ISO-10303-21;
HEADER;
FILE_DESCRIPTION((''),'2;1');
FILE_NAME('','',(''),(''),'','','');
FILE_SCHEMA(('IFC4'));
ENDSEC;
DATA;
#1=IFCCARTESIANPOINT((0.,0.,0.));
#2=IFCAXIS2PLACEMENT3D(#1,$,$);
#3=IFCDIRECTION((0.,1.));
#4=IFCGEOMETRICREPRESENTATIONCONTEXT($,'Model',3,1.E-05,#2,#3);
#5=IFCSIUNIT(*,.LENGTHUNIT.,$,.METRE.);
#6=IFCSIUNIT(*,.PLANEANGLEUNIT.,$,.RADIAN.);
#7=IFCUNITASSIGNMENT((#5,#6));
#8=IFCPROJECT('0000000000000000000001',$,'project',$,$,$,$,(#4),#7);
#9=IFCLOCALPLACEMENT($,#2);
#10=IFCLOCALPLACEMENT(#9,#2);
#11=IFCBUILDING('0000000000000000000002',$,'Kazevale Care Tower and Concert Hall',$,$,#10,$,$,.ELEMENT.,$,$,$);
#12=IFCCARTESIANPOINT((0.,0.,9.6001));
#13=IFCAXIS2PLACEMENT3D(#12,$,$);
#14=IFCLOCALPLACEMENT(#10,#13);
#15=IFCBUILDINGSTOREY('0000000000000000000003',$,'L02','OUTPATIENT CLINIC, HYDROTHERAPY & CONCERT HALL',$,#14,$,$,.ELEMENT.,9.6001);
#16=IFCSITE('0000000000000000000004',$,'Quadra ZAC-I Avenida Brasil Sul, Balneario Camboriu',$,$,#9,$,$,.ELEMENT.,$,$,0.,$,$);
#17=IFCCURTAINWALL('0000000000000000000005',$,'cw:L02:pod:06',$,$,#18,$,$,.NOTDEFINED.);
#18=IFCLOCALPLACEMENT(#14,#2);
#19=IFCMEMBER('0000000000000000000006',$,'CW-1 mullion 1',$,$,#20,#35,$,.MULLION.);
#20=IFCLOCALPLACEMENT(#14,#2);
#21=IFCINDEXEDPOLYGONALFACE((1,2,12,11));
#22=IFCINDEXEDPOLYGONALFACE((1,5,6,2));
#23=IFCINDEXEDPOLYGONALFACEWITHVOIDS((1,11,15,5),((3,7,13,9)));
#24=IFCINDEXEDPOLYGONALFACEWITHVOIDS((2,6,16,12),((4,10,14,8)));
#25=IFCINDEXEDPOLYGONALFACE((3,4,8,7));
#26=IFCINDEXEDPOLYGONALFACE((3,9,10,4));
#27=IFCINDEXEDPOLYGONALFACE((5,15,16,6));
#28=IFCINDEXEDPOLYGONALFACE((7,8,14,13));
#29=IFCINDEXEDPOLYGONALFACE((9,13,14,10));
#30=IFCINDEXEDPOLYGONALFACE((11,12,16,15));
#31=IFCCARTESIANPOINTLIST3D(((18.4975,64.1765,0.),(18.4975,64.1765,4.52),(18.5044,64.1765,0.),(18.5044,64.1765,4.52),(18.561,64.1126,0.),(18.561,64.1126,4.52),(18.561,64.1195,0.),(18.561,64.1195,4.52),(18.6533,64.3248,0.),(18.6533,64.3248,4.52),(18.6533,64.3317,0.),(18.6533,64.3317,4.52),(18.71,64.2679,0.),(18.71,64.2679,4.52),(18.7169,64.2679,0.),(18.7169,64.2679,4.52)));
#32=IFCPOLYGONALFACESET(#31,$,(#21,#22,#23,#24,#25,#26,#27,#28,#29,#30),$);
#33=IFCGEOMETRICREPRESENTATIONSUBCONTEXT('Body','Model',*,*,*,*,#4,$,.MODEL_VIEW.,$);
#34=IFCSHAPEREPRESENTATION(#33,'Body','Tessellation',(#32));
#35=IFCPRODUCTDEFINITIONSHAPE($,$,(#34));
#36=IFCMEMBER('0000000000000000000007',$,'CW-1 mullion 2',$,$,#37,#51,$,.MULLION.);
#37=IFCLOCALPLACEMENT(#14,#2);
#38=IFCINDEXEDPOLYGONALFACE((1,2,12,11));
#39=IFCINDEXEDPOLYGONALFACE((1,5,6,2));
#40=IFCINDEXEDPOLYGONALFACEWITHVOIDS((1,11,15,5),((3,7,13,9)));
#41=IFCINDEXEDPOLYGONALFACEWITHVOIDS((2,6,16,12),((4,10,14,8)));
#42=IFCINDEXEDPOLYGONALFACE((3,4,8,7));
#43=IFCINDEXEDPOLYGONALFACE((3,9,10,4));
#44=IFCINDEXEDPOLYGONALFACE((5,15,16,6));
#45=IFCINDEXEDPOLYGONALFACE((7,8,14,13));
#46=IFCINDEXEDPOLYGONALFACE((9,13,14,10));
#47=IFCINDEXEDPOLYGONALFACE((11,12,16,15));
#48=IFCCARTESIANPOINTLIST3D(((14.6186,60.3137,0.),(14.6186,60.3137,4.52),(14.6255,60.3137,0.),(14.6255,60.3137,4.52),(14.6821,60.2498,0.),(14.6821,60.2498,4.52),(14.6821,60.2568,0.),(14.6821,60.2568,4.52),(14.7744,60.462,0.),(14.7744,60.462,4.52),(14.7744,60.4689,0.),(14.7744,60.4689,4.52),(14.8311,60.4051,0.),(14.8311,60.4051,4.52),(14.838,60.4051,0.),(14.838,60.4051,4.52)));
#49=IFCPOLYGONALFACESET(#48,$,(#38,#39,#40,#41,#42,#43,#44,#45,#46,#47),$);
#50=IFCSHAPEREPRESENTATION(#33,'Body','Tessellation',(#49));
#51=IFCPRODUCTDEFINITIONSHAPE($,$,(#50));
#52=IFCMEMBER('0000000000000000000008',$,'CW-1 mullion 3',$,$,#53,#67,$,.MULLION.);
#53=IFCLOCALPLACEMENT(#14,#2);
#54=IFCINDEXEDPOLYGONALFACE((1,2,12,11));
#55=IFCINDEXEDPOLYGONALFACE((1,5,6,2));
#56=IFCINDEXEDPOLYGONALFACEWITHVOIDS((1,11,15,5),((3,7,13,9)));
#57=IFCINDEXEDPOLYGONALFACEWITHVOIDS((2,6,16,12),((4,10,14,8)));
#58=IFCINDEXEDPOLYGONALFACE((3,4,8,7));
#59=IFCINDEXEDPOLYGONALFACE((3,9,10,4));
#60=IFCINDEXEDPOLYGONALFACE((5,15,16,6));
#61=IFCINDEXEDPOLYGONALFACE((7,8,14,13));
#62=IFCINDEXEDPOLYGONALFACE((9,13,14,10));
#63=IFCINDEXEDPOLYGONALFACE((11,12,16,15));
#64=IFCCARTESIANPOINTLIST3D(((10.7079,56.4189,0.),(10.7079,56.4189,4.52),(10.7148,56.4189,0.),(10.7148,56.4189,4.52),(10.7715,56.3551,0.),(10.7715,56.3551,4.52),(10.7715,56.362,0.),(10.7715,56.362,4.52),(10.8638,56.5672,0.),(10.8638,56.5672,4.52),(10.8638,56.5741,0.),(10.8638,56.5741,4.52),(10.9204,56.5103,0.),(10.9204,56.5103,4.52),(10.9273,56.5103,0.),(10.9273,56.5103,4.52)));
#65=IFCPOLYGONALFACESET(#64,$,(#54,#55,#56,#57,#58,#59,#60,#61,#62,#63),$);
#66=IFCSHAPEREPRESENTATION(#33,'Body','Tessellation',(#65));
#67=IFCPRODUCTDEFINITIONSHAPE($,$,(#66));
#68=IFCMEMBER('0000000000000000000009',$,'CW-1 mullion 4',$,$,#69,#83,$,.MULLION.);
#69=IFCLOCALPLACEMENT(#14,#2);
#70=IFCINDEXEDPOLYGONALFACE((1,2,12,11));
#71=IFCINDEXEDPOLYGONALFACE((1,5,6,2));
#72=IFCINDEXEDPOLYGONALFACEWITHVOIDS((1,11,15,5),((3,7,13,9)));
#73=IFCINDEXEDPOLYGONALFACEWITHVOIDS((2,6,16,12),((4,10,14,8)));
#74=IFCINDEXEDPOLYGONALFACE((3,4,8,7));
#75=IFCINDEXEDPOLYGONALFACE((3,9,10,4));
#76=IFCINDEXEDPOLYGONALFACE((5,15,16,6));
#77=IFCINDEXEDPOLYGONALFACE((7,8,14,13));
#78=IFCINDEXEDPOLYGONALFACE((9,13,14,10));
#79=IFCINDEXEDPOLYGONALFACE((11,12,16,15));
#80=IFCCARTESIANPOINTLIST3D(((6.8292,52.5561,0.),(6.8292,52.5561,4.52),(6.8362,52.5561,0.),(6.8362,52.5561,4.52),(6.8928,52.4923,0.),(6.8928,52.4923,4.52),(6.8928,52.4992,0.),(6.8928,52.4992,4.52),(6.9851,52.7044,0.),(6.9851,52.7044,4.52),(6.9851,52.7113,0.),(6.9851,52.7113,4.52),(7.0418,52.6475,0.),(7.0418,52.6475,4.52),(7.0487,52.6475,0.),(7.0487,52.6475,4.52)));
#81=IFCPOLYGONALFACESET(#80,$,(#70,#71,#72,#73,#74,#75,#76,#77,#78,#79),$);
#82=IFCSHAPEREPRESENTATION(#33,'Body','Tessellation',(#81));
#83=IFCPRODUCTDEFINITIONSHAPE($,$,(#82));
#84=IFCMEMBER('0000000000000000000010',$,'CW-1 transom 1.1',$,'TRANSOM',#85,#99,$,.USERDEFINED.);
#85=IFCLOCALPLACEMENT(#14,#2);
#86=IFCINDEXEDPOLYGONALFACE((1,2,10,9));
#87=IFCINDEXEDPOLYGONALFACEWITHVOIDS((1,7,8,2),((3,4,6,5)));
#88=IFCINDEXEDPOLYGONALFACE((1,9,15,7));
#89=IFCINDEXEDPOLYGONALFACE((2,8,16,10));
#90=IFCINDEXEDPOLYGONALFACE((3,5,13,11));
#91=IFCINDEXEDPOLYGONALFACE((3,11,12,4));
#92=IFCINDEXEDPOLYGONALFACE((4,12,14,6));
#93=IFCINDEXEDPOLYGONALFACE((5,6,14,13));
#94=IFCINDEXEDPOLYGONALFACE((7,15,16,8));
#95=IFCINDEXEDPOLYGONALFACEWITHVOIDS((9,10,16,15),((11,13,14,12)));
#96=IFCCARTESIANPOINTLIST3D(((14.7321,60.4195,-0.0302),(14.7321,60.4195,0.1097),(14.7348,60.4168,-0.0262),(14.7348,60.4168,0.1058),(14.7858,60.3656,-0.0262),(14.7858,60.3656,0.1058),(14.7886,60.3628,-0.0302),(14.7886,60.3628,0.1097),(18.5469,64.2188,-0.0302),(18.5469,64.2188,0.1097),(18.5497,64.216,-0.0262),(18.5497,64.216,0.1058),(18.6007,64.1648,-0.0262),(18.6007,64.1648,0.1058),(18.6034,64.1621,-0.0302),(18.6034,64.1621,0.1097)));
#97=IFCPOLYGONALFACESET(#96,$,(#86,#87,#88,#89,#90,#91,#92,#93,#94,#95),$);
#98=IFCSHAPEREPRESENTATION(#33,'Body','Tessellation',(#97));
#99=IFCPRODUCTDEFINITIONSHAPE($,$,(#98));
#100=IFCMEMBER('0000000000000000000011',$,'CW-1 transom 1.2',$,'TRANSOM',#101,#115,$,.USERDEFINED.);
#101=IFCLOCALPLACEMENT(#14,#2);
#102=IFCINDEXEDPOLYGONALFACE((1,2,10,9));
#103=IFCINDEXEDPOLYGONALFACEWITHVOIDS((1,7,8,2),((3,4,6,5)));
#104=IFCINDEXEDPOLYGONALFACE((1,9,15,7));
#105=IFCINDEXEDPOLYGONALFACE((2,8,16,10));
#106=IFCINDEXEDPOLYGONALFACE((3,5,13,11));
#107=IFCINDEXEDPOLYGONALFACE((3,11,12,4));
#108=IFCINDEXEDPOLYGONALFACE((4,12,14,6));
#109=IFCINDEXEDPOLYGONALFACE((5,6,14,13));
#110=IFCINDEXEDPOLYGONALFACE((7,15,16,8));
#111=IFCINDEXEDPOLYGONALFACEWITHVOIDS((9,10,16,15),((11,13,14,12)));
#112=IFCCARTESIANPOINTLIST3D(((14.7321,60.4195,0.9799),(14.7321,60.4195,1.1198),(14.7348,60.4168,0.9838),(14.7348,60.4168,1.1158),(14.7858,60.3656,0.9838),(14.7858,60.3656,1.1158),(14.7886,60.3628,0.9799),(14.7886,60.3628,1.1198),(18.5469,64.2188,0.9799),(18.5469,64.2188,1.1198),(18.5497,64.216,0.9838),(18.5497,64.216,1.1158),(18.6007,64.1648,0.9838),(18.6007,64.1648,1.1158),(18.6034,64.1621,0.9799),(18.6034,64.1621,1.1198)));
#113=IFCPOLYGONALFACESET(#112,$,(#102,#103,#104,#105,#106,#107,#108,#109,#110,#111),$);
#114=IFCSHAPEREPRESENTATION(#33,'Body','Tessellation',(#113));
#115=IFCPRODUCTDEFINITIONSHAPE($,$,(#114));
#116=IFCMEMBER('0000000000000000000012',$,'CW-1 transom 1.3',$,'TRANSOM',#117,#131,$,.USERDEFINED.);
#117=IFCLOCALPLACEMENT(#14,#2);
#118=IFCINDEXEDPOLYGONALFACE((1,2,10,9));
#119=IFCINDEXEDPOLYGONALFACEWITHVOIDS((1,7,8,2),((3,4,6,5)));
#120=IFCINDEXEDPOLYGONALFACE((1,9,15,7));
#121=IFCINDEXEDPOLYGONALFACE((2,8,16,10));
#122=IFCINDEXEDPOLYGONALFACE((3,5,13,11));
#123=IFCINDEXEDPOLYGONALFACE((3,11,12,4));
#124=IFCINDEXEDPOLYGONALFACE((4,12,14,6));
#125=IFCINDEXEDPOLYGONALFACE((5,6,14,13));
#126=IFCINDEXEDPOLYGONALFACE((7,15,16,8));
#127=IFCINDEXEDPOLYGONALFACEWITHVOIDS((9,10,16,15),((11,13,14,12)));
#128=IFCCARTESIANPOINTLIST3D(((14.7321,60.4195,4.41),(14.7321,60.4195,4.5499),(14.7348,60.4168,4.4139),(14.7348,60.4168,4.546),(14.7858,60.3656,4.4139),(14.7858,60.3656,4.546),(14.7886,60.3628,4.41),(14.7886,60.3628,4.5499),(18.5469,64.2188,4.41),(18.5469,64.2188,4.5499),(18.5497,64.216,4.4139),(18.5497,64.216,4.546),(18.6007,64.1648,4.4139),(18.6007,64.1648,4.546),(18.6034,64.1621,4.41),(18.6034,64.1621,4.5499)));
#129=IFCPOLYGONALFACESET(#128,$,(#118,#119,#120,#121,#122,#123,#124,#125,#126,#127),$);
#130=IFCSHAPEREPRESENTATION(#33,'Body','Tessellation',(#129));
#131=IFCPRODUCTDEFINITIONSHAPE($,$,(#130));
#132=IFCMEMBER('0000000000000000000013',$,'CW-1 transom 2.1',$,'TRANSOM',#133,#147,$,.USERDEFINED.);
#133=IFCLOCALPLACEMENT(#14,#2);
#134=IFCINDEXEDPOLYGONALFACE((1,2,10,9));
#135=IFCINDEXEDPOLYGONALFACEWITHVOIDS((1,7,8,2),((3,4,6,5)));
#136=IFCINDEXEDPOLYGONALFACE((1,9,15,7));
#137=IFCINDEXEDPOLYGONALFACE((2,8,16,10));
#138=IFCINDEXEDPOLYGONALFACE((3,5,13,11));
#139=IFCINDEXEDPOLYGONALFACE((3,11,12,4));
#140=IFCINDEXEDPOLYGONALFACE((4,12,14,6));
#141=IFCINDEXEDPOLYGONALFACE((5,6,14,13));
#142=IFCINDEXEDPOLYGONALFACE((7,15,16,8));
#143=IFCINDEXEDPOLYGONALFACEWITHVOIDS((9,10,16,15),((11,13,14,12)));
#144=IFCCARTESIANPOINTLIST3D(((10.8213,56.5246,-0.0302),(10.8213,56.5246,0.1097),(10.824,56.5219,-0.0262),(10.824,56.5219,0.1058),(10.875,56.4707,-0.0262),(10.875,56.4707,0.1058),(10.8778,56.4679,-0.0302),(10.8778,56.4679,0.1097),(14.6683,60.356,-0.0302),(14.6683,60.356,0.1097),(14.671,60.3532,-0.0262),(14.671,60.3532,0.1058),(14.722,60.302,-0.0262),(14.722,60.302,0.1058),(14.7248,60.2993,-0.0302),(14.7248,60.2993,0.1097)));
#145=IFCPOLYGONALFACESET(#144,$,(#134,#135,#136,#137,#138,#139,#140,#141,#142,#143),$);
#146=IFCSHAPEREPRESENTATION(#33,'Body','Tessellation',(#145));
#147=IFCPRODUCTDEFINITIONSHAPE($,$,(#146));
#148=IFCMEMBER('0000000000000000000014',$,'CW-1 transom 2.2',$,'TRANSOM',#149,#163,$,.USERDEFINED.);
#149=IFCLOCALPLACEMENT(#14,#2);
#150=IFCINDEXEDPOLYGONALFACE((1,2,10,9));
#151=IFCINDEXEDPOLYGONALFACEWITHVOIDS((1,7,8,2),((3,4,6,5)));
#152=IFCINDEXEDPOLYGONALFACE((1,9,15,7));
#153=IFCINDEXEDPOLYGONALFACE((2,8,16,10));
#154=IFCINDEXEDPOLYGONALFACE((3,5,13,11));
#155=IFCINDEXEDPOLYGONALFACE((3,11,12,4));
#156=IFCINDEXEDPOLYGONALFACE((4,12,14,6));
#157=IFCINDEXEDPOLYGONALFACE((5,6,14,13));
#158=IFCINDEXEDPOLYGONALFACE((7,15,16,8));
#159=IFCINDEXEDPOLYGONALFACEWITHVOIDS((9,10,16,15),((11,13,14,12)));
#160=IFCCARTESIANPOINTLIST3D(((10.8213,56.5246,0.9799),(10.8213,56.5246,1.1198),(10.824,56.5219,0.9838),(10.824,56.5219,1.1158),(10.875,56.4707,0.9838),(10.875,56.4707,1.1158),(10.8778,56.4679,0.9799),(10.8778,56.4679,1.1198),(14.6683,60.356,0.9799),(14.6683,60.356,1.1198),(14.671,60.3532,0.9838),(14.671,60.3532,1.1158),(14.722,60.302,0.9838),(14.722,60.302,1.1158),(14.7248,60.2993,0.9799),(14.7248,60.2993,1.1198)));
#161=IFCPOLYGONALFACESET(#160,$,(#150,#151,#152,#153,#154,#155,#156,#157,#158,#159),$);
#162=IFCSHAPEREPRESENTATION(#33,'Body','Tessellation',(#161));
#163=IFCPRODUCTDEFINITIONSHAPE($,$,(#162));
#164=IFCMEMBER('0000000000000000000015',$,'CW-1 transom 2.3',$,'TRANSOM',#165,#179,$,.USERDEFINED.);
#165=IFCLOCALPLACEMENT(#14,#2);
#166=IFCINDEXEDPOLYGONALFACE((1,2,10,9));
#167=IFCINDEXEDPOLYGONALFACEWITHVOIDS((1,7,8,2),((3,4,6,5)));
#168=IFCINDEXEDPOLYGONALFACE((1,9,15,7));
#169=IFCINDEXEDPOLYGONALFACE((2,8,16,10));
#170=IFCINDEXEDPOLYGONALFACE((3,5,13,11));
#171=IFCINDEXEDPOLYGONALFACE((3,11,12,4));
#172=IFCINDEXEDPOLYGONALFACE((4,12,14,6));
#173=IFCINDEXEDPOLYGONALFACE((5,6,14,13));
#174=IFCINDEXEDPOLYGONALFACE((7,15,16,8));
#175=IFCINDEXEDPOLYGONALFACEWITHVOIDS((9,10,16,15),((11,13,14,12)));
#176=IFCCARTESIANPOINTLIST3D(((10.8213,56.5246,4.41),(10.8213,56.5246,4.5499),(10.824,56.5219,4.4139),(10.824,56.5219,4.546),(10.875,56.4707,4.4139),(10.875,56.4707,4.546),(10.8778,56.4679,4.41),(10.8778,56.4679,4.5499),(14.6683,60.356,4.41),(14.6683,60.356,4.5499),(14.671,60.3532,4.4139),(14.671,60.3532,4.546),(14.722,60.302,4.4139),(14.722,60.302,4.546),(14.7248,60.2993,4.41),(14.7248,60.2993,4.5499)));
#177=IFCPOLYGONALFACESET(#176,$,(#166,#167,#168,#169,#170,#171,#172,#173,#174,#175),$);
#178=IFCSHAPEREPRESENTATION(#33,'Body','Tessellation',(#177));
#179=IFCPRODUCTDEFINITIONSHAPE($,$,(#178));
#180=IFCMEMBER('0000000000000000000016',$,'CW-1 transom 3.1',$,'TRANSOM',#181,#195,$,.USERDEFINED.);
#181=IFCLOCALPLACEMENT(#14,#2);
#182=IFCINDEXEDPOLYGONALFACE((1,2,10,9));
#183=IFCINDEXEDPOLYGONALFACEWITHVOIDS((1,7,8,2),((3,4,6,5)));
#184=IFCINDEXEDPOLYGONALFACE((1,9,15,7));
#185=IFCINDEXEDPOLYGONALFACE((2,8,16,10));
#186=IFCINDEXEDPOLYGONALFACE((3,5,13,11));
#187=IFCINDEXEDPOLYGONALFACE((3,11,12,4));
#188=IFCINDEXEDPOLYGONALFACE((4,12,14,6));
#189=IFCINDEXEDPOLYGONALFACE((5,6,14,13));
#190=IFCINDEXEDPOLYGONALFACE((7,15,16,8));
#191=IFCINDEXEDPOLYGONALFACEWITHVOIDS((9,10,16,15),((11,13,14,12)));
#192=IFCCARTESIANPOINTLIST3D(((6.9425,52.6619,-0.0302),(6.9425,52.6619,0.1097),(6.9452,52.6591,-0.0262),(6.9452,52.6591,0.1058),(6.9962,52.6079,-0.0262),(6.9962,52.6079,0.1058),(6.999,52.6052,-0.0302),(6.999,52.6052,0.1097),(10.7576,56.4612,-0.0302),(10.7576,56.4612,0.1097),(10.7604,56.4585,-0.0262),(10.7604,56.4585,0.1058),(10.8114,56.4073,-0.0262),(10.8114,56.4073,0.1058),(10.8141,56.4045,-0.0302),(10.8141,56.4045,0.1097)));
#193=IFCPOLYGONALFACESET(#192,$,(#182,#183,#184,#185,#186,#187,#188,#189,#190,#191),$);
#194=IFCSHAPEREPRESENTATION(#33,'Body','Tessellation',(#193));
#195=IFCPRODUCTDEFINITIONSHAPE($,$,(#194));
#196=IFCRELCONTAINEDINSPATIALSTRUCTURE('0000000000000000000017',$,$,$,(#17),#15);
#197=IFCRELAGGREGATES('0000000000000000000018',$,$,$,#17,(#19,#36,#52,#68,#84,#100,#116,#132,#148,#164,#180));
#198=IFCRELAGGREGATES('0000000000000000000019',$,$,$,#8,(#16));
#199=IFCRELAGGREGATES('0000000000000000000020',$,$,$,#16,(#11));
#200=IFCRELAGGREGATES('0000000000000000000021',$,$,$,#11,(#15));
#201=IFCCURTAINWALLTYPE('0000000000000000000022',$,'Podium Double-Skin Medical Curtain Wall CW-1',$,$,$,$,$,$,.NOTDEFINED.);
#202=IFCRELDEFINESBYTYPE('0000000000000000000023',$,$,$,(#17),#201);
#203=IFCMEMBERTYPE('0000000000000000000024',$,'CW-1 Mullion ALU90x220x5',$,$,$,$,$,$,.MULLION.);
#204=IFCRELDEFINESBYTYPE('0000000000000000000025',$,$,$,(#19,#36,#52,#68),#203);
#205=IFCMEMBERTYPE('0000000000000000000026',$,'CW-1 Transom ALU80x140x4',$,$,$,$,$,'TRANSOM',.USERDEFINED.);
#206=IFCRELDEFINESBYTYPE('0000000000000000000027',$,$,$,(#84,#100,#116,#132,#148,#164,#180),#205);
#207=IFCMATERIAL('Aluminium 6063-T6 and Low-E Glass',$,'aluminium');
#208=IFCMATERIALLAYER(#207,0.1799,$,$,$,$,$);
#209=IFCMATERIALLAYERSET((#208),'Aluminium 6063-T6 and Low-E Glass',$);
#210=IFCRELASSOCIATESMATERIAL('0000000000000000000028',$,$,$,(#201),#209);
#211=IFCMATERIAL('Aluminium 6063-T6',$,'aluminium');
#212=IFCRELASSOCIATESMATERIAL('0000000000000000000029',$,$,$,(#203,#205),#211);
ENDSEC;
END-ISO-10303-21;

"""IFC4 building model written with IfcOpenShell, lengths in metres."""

from ifc_helpers import new_model, si_unit, direction, frame, origin, origin_2d, place, context, subcontext, project, spatial, hollow_rectangle, extrude, material, layer, layer_set, material_profile, profile_set, type_object, element, aggregate, save


model = new_model("IFC4")

# Units and contexts
model_context = context("Model", 3, precision=1e-05, world=origin(), true_north=direction((0.0, 1.0)))
body_context = subcontext(model_context, "Body", "Model", "MODEL_VIEW")
ifc_project = project(units=[si_unit("LENGTHUNIT", "METRE"), si_unit("PLANEANGLEUNIT", "RADIAN")], contexts=[model_context])

# Site, building, storey
site_placement = place(None, origin())
site = spatial("IfcSite", under=ifc_project, at=site_placement, Name="Quadra ZAC-I Avenida Brasil Sul, Balneario Camboriu", CompositionType="ELEMENT", RefElevation=0.0)
building_placement = place(site_placement, origin())
building = spatial("IfcBuilding", under=site, at=building_placement, Name="Kazevale Care Tower and Concert Hall", CompositionType="ELEMENT")
storey_placement = place(building_placement, frame((0.0, 0.0, 9.6001)))
storey = spatial("IfcBuildingStorey", under=building, at=storey_placement, Name="L02", Description="OUTPATIENT CLINIC, HYDROTHERAPY & CONCERT HALL", CompositionType="ELEMENT", Elevation=9.6001)

# Curtain wall, members
ifc_material_1 = material(Name="Aluminium 6063-T6 and Low-E Glass", Category="aluminium")
ifc_layer_1 = layer(ifc_material_1, 0.1799)
ifc_layer_set_1 = layer_set([ifc_layer_1], Name="Aluminium 6063-T6 and Low-E Glass")
curtain_wall_type = type_object("IfcCurtainWallType", Name="Podium Double-Skin Medical Curtain Wall CW-1", PredefinedType="NOTDEFINED", material=ifc_layer_set_1)
curtain_wall_placement = place(storey_placement, origin())
curtain_wall = element("IfcCurtainWall", 1, at=curtain_wall_placement, inside=storey, type_object=curtain_wall_type, Name="cw:L02:pod:06", PredefinedType="NOTDEFINED")
ifc_material_2 = material(Name="Aluminium 6063-T6", Category="aluminium")
ifc_material_profile_1 = material_profile(ifc_material_2, hollow_rectangle(XDim=0.0901, YDim=0.22, WallThickness=0.0049, at=origin_2d()), Name="ALU90x220x5")
ifc_profile_set_1 = profile_set([ifc_material_profile_1], Name="Aluminium 6063-T6")
member_type_1 = type_object("IfcMemberType", Name="CW-1 Mullion ALU90x220x5", PredefinedType="MULLION", material=ifc_profile_set_1)
member_1_placement = place(storey_placement, frame((18.6072, 64.2222, 0.0), z_axis=(0.0, 0.0, 1.0), x_axis=(0.705656, -0.708555, 0.0)))
member_1 = element("IfcMember", 2, at=member_1_placement, type_object=member_type_1, Name="CW-1 mullion 1", PredefinedType="MULLION", context=body_context, shape_type="SweptSolid", body=[
    extrude(hollow_rectangle(XDim=0.0901, YDim=0.22, WallThickness=0.0049, at=origin_2d()), origin(), (0.0, 0.0, 1.0), 4.52),
])
member_2_placement = place(storey_placement, frame((14.7283, 60.3594, 0.0), z_axis=(0.0, 0.0, 1.0), x_axis=(0.705656, -0.708555, 0.0)))
member_2 = element("IfcMember", 3, at=member_2_placement, type_object=member_type_1, Name="CW-1 mullion 2", PredefinedType="MULLION", context=body_context, shape_type="SweptSolid", body=[
    extrude(hollow_rectangle(XDim=0.0901, YDim=0.22, WallThickness=0.0049, at=origin_2d()), origin(), (0.0, 0.0, 1.0), 4.52),
])
member_3_placement = place(storey_placement, frame((10.8176, 56.4646, 0.0), z_axis=(0.0, 0.0, 1.0), x_axis=(0.705656, -0.708555, 0.0)))
member_3 = element("IfcMember", 4, at=member_3_placement, type_object=member_type_1, Name="CW-1 mullion 3", PredefinedType="MULLION", context=body_context, shape_type="SweptSolid", body=[
    extrude(hollow_rectangle(XDim=0.0901, YDim=0.22, WallThickness=0.0049, at=origin_2d()), origin(), (0.0, 0.0, 1.0), 4.52),
])
member_4_placement = place(storey_placement, frame((6.939, 52.6018, 0.0), z_axis=(0.0, 0.0, 1.0), x_axis=(0.705656, -0.708555, 0.0)))
member_4 = element("IfcMember", 5, at=member_4_placement, type_object=member_type_1, Name="CW-1 mullion 4", PredefinedType="MULLION", context=body_context, shape_type="SweptSolid", body=[
    extrude(hollow_rectangle(XDim=0.0901, YDim=0.22, WallThickness=0.0049, at=origin_2d()), origin(), (0.0, 0.0, 1.0), 4.52),
])
ifc_material_profile_2 = material_profile(ifc_material_2, hollow_rectangle(XDim=0.0801, YDim=0.1399, WallThickness=0.0039, at=origin_2d()), Name="ALU80x140x4")
ifc_profile_set_2 = profile_set([ifc_material_profile_2], Name="Aluminium 6063-T6")
member_type_2 = type_object("IfcMemberType", Name="CW-1 Transom ALU80x140x4", ElementType="TRANSOM", PredefinedType="USERDEFINED", material=ifc_profile_set_2)
member_5_placement = place(storey_placement, frame((18.5752, 64.1904, 0.0398), z_axis=(-0.708556, -0.705654, 0.0), x_axis=(0.705654, -0.708556, 0.0)))
member_5 = element("IfcMember", 6, at=member_5_placement, type_object=member_type_2, Name="CW-1 transom 1.1", ObjectType="TRANSOM", PredefinedType="USERDEFINED", context=body_context, shape_type="SweptSolid", body=[
    extrude(hollow_rectangle(XDim=0.0801, YDim=0.1399, WallThickness=0.0039, at=origin_2d()), origin(), (0.0, 0.0, 1.0), 5.384),
])
member_6_placement = place(storey_placement, frame((18.5752, 64.1904, 1.0498), z_axis=(-0.708556, -0.705654, 0.0), x_axis=(0.705654, -0.708556, 0.0)))
member_6 = element("IfcMember", 7, at=member_6_placement, type_object=member_type_2, Name="CW-1 transom 1.2", ObjectType="TRANSOM", PredefinedType="USERDEFINED", context=body_context, shape_type="SweptSolid", body=[
    extrude(hollow_rectangle(XDim=0.0801, YDim=0.1399, WallThickness=0.0039, at=origin_2d()), origin(), (0.0, 0.0, 1.0), 5.384),
])
member_7_placement = place(storey_placement, frame((18.5752, 64.1904, 4.48), z_axis=(-0.708556, -0.705654, 0.0), x_axis=(0.705654, -0.708556, 0.0)))
member_7 = element("IfcMember", 8, at=member_7_placement, type_object=member_type_2, Name="CW-1 transom 1.3", ObjectType="TRANSOM", PredefinedType="USERDEFINED", context=body_context, shape_type="SweptSolid", body=[
    extrude(hollow_rectangle(XDim=0.0801, YDim=0.1399, WallThickness=0.0039, at=origin_2d()), origin(), (0.0, 0.0, 1.0), 5.384),
])
member_8_placement = place(storey_placement, frame((14.6965, 60.3276, 0.0398), z_axis=(-0.708544, -0.705666, 0.0), x_axis=(0.705666, -0.708544, 0.0)))
member_8 = element("IfcMember", 9, at=member_8_placement, type_object=member_type_2, Name="CW-1 transom 2.1", ObjectType="TRANSOM", PredefinedType="USERDEFINED", context=body_context, shape_type="SweptSolid", body=[
    extrude(hollow_rectangle(XDim=0.0801, YDim=0.1399, WallThickness=0.0039, at=origin_2d()), origin(), (0.0, 0.0, 1.0), 5.4294),
])
member_9_placement = place(storey_placement, frame((14.6965, 60.3276, 1.0498), z_axis=(-0.708544, -0.705666, 0.0), x_axis=(0.705666, -0.708544, 0.0)))
member_9 = element("IfcMember", 10, at=member_9_placement, type_object=member_type_2, Name="CW-1 transom 2.2", ObjectType="TRANSOM", PredefinedType="USERDEFINED", context=body_context, shape_type="SweptSolid", body=[
    extrude(hollow_rectangle(XDim=0.0801, YDim=0.1399, WallThickness=0.0039, at=origin_2d()), origin(), (0.0, 0.0, 1.0), 5.4294),
])
member_10_placement = place(storey_placement, frame((14.6965, 60.3276, 4.48), z_axis=(-0.708544, -0.705666, 0.0), x_axis=(0.705666, -0.708544, 0.0)))
member_10 = element("IfcMember", 11, at=member_10_placement, type_object=member_type_2, Name="CW-1 transom 2.3", ObjectType="TRANSOM", PredefinedType="USERDEFINED", context=body_context, shape_type="SweptSolid", body=[
    extrude(hollow_rectangle(XDim=0.0801, YDim=0.1399, WallThickness=0.0039, at=origin_2d()), origin(), (0.0, 0.0, 1.0), 5.4294),
])
member_11_placement = place(storey_placement, frame((10.7859, 56.4329, 0.0398), z_axis=(-0.708579, -0.705632, 0.0), x_axis=(0.705632, -0.708579, 0.0)))
member_11 = element("IfcMember", 12, at=member_11_placement, type_object=member_type_2, Name="CW-1 transom 3.1", ObjectType="TRANSOM", PredefinedType="USERDEFINED", context=body_context, shape_type="SweptSolid", body=[
    extrude(hollow_rectangle(XDim=0.0801, YDim=0.1399, WallThickness=0.0039, at=origin_2d()), origin(), (0.0, 0.0, 1.0), 5.3843),
])

aggregate(curtain_wall, [member_1, member_2, member_3, member_4, member_5, member_6, member_7, member_8, member_9, member_10, member_11])

save(model, "model.ifc")
